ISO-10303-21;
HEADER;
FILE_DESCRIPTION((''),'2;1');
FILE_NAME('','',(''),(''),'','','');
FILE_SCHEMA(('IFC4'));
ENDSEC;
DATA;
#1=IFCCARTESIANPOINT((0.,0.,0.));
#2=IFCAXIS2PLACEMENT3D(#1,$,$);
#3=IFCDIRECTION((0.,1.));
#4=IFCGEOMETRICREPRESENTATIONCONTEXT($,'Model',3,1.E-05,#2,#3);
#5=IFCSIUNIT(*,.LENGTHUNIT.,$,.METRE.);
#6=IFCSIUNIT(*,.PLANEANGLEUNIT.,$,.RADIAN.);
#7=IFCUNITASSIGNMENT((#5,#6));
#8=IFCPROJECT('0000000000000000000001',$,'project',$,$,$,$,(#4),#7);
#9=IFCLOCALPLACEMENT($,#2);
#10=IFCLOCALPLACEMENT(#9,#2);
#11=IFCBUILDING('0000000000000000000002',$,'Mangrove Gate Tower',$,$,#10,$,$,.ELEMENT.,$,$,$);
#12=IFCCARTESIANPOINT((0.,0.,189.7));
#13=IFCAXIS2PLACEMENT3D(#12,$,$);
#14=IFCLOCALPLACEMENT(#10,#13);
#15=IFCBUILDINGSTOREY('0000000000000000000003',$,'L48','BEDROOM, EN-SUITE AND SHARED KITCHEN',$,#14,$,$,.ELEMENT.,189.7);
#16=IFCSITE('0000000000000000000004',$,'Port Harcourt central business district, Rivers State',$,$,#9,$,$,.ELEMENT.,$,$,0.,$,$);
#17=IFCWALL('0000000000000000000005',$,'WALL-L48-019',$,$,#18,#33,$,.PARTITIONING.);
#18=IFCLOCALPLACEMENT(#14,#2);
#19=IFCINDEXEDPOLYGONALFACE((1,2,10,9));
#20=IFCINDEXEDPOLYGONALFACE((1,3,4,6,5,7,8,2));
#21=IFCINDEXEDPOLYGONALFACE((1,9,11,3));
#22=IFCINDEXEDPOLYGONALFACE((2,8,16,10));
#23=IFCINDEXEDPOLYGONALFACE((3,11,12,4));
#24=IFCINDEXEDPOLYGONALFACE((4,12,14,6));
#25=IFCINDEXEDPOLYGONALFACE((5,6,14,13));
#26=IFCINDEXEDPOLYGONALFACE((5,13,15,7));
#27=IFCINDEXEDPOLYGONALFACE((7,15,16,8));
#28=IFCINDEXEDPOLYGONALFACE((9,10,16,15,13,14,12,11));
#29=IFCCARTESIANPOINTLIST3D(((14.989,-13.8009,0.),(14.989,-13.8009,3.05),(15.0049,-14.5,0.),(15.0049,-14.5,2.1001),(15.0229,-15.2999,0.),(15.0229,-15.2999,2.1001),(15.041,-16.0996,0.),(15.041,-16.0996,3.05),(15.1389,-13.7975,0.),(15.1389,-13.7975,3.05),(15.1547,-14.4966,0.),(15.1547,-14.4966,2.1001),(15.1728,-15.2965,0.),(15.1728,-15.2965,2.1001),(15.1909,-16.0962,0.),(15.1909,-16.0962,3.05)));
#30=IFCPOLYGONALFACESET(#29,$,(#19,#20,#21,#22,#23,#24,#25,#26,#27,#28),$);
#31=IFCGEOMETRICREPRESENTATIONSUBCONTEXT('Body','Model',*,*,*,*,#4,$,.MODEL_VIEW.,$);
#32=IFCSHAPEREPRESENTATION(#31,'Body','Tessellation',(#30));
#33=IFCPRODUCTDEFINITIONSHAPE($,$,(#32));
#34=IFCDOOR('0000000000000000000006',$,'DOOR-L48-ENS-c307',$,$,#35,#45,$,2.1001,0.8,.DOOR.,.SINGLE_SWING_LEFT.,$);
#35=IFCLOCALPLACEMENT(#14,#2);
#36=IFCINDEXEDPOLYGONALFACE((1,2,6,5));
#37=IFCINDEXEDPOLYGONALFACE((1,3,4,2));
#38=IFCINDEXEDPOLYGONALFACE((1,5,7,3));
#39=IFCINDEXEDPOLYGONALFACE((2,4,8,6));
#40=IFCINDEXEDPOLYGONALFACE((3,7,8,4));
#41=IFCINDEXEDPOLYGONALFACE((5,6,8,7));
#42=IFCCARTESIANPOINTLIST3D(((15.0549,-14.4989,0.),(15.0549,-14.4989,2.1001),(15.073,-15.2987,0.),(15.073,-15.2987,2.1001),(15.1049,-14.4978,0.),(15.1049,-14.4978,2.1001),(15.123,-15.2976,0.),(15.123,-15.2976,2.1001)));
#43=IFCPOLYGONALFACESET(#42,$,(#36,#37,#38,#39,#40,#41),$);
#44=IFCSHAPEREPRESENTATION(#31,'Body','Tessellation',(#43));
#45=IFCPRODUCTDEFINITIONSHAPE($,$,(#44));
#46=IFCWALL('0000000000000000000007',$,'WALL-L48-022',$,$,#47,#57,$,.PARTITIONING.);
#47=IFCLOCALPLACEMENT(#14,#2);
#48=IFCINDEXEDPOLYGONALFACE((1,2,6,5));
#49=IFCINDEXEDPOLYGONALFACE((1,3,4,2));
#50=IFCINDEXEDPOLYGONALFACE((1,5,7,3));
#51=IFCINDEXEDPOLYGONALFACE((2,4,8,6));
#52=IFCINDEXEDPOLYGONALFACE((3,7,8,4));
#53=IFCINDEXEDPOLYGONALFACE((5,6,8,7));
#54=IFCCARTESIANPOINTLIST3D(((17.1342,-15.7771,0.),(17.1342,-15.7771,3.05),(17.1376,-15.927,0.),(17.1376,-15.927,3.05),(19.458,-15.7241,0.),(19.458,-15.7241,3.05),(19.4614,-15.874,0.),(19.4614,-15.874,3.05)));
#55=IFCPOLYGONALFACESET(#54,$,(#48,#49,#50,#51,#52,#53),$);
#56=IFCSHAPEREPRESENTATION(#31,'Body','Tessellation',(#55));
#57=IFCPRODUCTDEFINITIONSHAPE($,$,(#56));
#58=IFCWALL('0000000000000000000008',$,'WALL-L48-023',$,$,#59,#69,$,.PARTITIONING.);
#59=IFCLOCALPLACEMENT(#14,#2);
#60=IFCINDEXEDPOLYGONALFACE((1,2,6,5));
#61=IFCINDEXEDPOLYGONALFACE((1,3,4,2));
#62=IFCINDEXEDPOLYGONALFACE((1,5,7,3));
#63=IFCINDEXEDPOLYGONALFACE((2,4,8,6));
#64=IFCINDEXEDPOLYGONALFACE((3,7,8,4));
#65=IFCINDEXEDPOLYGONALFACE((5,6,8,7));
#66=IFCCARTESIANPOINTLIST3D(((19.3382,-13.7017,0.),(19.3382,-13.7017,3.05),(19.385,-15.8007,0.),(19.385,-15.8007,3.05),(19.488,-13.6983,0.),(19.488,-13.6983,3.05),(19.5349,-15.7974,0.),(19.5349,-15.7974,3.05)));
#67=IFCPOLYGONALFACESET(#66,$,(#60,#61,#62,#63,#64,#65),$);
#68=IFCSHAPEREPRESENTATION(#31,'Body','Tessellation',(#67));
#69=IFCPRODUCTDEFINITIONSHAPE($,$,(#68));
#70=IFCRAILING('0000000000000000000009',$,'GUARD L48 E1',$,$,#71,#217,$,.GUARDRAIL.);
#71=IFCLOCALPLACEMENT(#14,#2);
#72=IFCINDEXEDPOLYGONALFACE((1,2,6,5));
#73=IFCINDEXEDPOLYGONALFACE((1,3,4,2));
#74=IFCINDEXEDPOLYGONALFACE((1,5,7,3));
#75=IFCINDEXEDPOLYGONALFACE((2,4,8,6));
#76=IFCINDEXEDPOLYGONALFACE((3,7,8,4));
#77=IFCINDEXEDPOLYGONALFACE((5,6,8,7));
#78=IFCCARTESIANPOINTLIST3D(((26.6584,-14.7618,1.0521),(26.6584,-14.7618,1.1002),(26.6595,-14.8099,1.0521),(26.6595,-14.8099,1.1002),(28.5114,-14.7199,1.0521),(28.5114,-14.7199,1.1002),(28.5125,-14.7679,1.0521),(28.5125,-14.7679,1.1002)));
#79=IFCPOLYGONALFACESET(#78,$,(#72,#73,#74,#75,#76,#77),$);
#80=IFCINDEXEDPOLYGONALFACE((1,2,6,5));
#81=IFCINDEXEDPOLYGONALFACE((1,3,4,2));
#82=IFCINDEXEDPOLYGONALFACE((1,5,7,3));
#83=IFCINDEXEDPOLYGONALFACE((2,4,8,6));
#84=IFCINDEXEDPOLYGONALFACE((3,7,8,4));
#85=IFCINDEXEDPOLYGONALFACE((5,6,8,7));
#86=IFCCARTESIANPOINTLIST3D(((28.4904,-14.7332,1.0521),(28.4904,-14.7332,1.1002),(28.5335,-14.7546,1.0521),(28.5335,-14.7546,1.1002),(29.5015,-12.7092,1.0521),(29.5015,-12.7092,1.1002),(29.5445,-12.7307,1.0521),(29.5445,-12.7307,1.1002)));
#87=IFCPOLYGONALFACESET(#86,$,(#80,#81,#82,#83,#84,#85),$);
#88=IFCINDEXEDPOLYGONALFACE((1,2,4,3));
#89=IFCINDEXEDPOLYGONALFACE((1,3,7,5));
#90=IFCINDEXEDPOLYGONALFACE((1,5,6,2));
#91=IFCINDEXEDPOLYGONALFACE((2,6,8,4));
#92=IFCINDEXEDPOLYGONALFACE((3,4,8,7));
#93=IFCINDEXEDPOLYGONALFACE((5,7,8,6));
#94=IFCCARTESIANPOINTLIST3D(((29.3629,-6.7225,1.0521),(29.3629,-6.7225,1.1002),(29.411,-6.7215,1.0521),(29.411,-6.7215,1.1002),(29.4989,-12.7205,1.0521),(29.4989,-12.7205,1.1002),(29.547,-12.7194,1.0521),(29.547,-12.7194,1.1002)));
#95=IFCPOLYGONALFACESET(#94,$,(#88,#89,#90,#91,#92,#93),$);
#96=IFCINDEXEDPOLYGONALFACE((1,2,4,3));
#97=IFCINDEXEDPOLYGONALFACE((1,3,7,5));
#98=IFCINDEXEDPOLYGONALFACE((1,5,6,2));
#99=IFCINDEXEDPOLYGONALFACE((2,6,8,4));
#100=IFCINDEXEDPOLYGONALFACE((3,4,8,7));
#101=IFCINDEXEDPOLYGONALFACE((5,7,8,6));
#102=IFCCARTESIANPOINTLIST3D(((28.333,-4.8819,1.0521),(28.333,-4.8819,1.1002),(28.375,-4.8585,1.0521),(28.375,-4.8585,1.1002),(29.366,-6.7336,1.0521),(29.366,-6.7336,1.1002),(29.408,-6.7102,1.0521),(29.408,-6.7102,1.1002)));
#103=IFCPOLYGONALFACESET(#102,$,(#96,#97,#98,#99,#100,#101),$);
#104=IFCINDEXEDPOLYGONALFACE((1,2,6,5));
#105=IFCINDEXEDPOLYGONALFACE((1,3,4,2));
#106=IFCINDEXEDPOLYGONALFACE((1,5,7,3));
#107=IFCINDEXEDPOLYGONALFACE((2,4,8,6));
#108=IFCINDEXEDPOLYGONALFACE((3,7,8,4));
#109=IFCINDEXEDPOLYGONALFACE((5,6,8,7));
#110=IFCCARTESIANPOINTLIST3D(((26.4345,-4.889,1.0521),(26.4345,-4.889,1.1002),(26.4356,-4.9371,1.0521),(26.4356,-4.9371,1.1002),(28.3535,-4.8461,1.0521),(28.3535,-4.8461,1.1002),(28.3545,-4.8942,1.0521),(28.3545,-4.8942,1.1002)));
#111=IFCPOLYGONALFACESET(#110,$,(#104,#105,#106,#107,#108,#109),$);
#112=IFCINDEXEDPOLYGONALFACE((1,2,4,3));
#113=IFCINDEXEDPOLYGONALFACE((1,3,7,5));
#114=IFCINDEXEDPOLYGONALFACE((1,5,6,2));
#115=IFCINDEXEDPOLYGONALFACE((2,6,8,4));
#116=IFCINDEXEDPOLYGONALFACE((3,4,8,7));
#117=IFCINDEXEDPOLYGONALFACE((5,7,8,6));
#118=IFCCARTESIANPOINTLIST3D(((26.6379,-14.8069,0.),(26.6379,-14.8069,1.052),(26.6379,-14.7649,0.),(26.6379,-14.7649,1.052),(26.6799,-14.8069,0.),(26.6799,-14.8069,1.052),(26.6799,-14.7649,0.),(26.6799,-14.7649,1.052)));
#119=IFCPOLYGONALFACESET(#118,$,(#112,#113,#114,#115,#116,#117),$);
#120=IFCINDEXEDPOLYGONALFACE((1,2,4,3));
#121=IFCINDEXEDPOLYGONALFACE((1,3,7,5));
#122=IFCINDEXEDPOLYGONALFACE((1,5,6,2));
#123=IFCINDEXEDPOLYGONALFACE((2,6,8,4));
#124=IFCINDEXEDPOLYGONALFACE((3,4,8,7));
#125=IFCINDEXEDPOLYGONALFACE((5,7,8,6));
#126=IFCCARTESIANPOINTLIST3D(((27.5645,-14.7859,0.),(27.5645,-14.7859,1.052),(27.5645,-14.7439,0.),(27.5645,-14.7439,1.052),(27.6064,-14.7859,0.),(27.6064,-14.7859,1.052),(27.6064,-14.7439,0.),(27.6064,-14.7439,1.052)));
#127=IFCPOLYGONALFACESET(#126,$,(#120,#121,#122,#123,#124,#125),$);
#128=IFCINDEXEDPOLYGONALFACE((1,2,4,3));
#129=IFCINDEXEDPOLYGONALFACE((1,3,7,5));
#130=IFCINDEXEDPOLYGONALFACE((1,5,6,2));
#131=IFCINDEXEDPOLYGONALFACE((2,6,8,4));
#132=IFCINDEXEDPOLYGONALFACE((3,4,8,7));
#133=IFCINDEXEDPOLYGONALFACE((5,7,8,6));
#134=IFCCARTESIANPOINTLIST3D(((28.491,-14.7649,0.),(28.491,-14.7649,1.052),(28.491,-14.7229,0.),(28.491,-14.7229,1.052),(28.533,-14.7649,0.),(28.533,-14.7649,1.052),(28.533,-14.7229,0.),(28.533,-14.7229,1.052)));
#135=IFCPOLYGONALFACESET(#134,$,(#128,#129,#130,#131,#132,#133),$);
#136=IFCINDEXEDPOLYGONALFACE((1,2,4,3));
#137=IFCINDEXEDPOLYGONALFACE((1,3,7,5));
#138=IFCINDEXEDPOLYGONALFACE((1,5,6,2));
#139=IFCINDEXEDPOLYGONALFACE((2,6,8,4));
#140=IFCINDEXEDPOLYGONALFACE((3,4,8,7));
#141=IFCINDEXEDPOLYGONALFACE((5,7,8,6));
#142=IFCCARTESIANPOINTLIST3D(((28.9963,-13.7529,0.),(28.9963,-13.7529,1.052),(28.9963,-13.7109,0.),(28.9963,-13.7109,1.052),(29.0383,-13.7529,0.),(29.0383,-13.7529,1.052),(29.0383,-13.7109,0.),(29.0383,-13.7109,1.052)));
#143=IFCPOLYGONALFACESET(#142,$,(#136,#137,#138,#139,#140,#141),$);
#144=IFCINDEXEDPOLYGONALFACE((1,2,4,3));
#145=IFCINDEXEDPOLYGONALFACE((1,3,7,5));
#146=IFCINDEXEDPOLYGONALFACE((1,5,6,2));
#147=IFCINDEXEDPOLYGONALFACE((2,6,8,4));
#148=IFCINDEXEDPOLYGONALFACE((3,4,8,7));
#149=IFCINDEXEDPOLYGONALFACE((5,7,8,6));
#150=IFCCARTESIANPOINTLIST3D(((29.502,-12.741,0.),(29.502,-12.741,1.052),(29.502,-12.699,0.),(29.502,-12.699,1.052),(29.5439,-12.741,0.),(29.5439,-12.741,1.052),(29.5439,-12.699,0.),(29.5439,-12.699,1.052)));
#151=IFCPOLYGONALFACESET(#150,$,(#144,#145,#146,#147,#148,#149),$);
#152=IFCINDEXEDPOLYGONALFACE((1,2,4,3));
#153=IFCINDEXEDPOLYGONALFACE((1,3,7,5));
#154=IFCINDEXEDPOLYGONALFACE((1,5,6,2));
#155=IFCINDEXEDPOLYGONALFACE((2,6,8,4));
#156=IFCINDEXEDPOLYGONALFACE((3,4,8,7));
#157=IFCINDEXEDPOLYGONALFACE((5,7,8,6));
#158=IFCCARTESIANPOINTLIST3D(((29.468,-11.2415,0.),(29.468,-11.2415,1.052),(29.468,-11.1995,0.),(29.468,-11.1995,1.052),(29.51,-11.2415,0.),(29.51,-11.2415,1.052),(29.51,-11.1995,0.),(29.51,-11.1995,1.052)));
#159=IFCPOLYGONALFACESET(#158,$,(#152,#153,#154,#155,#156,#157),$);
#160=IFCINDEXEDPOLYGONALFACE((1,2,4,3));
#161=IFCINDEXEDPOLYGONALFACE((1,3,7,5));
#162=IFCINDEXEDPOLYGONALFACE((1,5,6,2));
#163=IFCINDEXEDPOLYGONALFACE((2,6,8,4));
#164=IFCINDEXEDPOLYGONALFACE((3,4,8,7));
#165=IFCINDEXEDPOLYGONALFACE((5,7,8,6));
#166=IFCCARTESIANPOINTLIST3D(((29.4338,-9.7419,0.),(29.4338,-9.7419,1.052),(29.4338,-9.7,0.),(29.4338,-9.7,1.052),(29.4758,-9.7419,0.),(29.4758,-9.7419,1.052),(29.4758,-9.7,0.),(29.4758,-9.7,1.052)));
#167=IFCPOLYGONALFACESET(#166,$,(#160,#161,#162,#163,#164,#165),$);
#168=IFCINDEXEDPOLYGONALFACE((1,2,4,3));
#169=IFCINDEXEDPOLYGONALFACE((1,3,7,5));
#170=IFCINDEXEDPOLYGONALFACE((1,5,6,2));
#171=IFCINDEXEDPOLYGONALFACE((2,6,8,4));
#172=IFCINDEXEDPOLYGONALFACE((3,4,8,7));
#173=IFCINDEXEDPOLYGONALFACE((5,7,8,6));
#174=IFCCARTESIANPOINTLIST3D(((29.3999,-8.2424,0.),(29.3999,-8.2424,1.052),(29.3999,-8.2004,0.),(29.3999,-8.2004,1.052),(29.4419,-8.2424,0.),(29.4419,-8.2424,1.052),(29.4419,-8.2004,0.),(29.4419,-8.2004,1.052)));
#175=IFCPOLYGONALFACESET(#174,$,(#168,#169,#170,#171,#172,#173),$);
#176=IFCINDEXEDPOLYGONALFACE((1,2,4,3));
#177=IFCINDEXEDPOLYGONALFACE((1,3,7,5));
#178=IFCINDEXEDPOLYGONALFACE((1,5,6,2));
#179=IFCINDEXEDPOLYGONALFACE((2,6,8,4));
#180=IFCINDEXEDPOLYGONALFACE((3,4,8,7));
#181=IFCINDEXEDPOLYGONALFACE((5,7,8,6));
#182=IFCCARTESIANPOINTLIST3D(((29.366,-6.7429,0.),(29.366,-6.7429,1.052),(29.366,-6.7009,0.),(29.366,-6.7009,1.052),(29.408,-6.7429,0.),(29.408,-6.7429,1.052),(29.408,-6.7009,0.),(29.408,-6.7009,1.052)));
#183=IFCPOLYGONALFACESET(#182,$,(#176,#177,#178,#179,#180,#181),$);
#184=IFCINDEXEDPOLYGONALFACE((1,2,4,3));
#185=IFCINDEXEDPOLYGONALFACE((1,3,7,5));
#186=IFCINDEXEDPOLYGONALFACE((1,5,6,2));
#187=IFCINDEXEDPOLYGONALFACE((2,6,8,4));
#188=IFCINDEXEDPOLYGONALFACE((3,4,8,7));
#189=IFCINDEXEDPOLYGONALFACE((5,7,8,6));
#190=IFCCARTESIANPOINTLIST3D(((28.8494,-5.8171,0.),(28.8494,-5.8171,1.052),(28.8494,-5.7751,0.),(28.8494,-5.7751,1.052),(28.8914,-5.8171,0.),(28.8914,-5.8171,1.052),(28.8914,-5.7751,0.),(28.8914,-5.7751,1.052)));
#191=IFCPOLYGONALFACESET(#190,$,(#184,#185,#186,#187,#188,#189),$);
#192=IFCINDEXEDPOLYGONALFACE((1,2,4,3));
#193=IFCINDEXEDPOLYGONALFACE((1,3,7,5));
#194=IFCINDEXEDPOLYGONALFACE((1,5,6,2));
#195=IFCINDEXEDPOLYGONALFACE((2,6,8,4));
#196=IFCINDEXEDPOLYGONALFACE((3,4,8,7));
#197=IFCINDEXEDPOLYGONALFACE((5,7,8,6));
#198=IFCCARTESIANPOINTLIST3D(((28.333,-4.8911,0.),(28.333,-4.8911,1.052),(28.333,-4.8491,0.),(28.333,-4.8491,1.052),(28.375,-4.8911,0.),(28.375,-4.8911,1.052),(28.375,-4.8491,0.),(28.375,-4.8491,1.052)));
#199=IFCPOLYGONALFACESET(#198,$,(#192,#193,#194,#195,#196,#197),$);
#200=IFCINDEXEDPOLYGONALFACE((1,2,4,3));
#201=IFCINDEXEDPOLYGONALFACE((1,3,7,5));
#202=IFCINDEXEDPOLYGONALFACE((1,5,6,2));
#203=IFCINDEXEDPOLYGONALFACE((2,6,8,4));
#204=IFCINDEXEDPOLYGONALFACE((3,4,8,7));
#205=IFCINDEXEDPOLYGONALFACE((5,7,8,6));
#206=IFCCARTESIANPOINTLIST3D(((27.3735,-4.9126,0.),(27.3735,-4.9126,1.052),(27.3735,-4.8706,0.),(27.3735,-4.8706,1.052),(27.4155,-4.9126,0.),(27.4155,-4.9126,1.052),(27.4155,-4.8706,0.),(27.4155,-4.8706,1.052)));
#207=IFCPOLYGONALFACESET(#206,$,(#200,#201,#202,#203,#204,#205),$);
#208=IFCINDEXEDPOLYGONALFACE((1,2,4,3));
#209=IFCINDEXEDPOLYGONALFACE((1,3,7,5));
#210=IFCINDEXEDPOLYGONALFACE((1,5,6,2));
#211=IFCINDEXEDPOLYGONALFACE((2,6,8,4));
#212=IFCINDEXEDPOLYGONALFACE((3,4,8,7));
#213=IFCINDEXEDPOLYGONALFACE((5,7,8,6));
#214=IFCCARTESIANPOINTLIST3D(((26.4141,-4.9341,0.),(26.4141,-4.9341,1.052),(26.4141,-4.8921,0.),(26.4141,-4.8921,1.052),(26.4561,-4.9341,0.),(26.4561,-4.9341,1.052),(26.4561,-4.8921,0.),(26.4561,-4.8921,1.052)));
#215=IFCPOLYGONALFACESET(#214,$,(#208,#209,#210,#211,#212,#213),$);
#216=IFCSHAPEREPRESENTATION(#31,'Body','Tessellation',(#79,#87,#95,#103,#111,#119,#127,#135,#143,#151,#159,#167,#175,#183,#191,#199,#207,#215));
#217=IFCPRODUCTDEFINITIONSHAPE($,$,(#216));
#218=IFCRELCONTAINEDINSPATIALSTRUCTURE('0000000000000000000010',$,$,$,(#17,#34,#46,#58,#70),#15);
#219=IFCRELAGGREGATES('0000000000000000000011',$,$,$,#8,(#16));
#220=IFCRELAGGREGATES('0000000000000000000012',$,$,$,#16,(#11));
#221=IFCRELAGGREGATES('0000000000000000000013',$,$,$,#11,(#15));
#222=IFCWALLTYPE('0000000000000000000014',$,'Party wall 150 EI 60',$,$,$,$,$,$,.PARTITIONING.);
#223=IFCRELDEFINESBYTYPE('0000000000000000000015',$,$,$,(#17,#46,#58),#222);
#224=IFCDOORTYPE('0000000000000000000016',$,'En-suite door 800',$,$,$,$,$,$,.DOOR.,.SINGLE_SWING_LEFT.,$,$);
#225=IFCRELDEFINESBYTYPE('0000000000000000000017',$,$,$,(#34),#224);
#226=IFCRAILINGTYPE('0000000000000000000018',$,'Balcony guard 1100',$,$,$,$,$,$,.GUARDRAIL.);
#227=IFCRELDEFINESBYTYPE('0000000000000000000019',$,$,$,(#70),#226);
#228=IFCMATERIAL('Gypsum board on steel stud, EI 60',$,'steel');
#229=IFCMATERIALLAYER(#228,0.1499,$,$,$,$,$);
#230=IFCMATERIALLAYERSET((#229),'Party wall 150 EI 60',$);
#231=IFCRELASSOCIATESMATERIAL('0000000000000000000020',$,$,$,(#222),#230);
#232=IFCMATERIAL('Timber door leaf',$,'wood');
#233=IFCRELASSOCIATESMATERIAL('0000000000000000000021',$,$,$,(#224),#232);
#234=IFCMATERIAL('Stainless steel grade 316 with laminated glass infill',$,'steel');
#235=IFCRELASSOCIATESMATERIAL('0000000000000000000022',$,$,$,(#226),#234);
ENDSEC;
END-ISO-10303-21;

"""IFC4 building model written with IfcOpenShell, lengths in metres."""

from ifc_helpers import new_model, si_unit, direction, frame, frame_2d, origin, origin_2d, place, context, subcontext, project, spatial, rectangle, extrude, material, layer, layer_set, type_object, element, fill, save


model = new_model("IFC4")

# Units and contexts
model_context = context("Model", 3, precision=1e-05, world=origin(), true_north=direction((0.0, 1.0)))
body_context = subcontext(model_context, "Body", "Model", "MODEL_VIEW")
ifc_project = project(units=[si_unit("LENGTHUNIT", "METRE"), si_unit("PLANEANGLEUNIT", "RADIAN")], contexts=[model_context])

# Site, building, storey
site_placement = place(None, origin())
site = spatial("IfcSite", under=ifc_project, at=site_placement, Name="Port Harcourt central business district, Rivers State", CompositionType="ELEMENT", RefElevation=0.0)
building_placement = place(site_placement, origin())
building = spatial("IfcBuilding", under=site, at=building_placement, Name="Mangrove Gate Tower", CompositionType="ELEMENT")
storey_placement = place(building_placement, frame((0.0, 0.0, 189.7)))
storey = spatial("IfcBuildingStorey", under=building, at=storey_placement, Name="L48", Description="BEDROOM, EN-SUITE AND SHARED KITCHEN", CompositionType="ELEMENT", Elevation=189.7)

# Shared definitions
ifc_material_1 = material(Name="Gypsum board on steel stud, EI 60", Category="steel")
ifc_layer_1 = layer(ifc_material_1, 0.1499)
ifc_layer_set_1 = layer_set([ifc_layer_1], Name="Party wall 150 EI 60")
wall_type_1 = type_object("IfcWallType", Name="Party wall 150 EI 60", PredefinedType="PARTITIONING", material=ifc_layer_set_1)

# Wall, opening, door
wall_1_placement = place(storey_placement, frame((15.116, -16.0979, 0.0), z_axis=(0.0, 0.0, 1.0), x_axis=(-0.022615, 0.999744, 0.0)))
wall_1 = element("IfcWall", 1, at=wall_1_placement, inside=storey, type_object=wall_type_1, Name="WALL-L48-019", PredefinedType="PARTITIONING", context=body_context, shape_type="SweptSolid", body=[
    extrude(rectangle(XDim=2.2993, YDim=0.1499, at=frame_2d((1.1497, 0.0))), origin(), (0.0, 0.0, 1.0), 3.05),
])
opening_1_placement = place(wall_1_placement, frame((0.8, 0.0, 0.0)))
opening_1 = element("IfcOpeningElement", 2, at=opening_1_placement, cuts=wall_1, PredefinedType="OPENING", context=body_context, shape_type="SweptSolid", body=[
    extrude(rectangle(XDim=0.8, YDim=2.1001, at=frame_2d((0.3999, 1.05))), frame((0.0, 0.085, 0.0), z_axis=(0.0, -1.0, 0.0), x_axis=(1.0, 0.0, 0.0)), (0.0, 0.0, 1.0), 0.1699),
])
ifc_material_2 = material(Name="Timber door leaf", Category="wood")
door_type_1 = type_object("IfcDoorType", Name="En-suite door 800", OperationType="SINGLE_SWING_LEFT", PredefinedType="DOOR", material=ifc_material_2)
door_1_placement = place(opening_1_placement, origin())
door_1 = element("IfcDoor", 3, at=door_1_placement, inside=storey, type_object=door_type_1, Name="DOOR-L48-ENS-c307", OperationType="SINGLE_SWING_LEFT", OverallHeight=2.1001, OverallWidth=0.8, PredefinedType="DOOR", context=body_context, shape_type="SweptSolid", body=[
    extrude(rectangle(XDim=0.8, YDim=2.1001, at=frame_2d((0.3999, 1.05))), frame((0.0, 0.0249, 0.0), z_axis=(0.0, -1.0, 0.0), x_axis=(1.0, 0.0, 0.0)), (0.0, 0.0, 1.0), 0.05),
])
fill(opening_1, door_1)

# Walls
wall_2_placement = place(storey_placement, frame((17.136, -15.8521, 0.0), z_axis=(0.0, 0.0, 1.0), x_axis=(0.99974, 0.022791, 0.0)))
element("IfcWall", 4, at=wall_2_placement, inside=storey, type_object=wall_type_1, Name="WALL-L48-022", PredefinedType="PARTITIONING", context=body_context, shape_type="SweptSolid", body=[
    extrude(rectangle(XDim=2.3245, YDim=0.1499, at=frame_2d((1.1621, 0.0))), origin(), (0.0, 0.0, 1.0), 3.05),
])
wall_3_placement = place(storey_placement, frame((19.46, -15.7991, 0.0), z_axis=(0.0, 0.0, 1.0), x_axis=(-0.022325, 0.999751, 0.0)))
element("IfcWall", 5, at=wall_3_placement, inside=storey, type_object=wall_type_1, Name="WALL-L48-023", PredefinedType="PARTITIONING", context=body_context, shape_type="SweptSolid", body=[
    extrude(rectangle(XDim=2.0996, YDim=0.1499, at=frame_2d((1.0498, 0.0))), origin(), (0.0, 0.0, 1.0), 3.05),
])

# Railing
ifc_material_3 = material(Name="Stainless steel grade 316 with laminated glass infill", Category="steel")
railing_type = type_object("IfcRailingType", Name="Balcony guard 1100", PredefinedType="GUARDRAIL", material=ifc_material_3)
railing_placement = place(storey_placement, frame((26.6589, -14.7859, 0.0)))
element("IfcRailing", 6, at=railing_placement, inside=storey, type_object=railing_type, Name="GUARD L48 E1", PredefinedType="GUARDRAIL", context=body_context, shape_type="SweptSolid", body=[
    extrude(rectangle(XDim=0.0481, YDim=0.0481, at=origin_2d()), frame((0.0, 0.0, 1.0762), z_axis=(0.999743, 0.022656, 0.0), x_axis=(-0.022656, 0.999743, 0.0)), (0.0, 0.0, 1.0), 1.8535),
    extrude(rectangle(XDim=0.0481, YDim=0.0481, at=origin_2d()), frame((1.853, 0.042, 1.0762), z_axis=(0.446868, 0.8946, 0.0), x_axis=(-0.8946, 0.446868, 0.0)), (0.0, 0.0, 1.0), 2.2625),
    extrude(rectangle(XDim=0.0481, YDim=0.0481, at=origin_2d()), frame((2.864, 2.0659, 1.0762), z_axis=(-0.022666, 0.999743, 0.0), x_axis=(-0.999743, -0.022666, 0.0)), (0.0, 0.0, 1.0), 5.9995),
    extrude(rectangle(XDim=0.0481, YDim=0.0481, at=origin_2d()), frame((2.728, 8.064, 1.0762), z_axis=(-0.487148, 0.87332, 0.0), x_axis=(-0.87332, -0.487148, 0.0)), (0.0, 0.0, 1.0), 2.1204),
    extrude(rectangle(XDim=0.0481, YDim=0.0481, at=origin_2d()), frame((1.6951, 9.9158, 1.0762), z_axis=(-0.999749, -0.022386, 0.0), x_axis=(0.022386, -0.999749, 0.0)), (0.0, 0.0, 1.0), 1.9194),
    extrude(rectangle(XDim=0.042, YDim=0.042, at=origin_2d()), origin(), (0.0, 0.0, 1.0), 1.052),
    extrude(rectangle(XDim=0.042, YDim=0.042, at=origin_2d()), frame((0.9265, 0.021, 0.0)), (0.0, 0.0, 1.0), 1.052),
    extrude(rectangle(XDim=0.042, YDim=0.042, at=origin_2d()), frame((1.853, 0.042, 0.0)), (0.0, 0.0, 1.0), 1.052),
    extrude(rectangle(XDim=0.042, YDim=0.042, at=origin_2d()), frame((2.3584, 1.054, 0.0)), (0.0, 0.0, 1.0), 1.052),
    extrude(rectangle(XDim=0.042, YDim=0.042, at=origin_2d()), frame((2.864, 2.0659, 0.0)), (0.0, 0.0, 1.0), 1.052),
    extrude(rectangle(XDim=0.042, YDim=0.042, at=origin_2d()), frame((2.8301, 3.5654, 0.0)), (0.0, 0.0, 1.0), 1.052),
    extrude(rectangle(XDim=0.042, YDim=0.042, at=origin_2d()), frame((2.7959, 5.0649, 0.0)), (0.0, 0.0, 1.0), 1.052),
    extrude(rectangle(XDim=0.042, YDim=0.042, at=origin_2d()), frame((2.762, 6.5645, 0.0)), (0.0, 0.0, 1.0), 1.052),
    extrude(rectangle(XDim=0.042, YDim=0.042, at=origin_2d()), frame((2.728, 8.064, 0.0)), (0.0, 0.0, 1.0), 1.052),
    extrude(rectangle(XDim=0.042, YDim=0.042, at=origin_2d()), frame((2.2114, 8.9897, 0.0)), (0.0, 0.0, 1.0), 1.052),
    extrude(rectangle(XDim=0.042, YDim=0.042, at=origin_2d()), frame((1.6951, 9.9158, 0.0)), (0.0, 0.0, 1.0), 1.052),
    extrude(rectangle(XDim=0.042, YDim=0.042, at=origin_2d()), frame((0.7356, 9.8943, 0.0)), (0.0, 0.0, 1.0), 1.052),
    extrude(rectangle(XDim=0.042, YDim=0.042, at=origin_2d()), frame((-0.2239, 9.8728, 0.0)), (0.0, 0.0, 1.0), 1.052),
])

save(model, "model.ifc")
